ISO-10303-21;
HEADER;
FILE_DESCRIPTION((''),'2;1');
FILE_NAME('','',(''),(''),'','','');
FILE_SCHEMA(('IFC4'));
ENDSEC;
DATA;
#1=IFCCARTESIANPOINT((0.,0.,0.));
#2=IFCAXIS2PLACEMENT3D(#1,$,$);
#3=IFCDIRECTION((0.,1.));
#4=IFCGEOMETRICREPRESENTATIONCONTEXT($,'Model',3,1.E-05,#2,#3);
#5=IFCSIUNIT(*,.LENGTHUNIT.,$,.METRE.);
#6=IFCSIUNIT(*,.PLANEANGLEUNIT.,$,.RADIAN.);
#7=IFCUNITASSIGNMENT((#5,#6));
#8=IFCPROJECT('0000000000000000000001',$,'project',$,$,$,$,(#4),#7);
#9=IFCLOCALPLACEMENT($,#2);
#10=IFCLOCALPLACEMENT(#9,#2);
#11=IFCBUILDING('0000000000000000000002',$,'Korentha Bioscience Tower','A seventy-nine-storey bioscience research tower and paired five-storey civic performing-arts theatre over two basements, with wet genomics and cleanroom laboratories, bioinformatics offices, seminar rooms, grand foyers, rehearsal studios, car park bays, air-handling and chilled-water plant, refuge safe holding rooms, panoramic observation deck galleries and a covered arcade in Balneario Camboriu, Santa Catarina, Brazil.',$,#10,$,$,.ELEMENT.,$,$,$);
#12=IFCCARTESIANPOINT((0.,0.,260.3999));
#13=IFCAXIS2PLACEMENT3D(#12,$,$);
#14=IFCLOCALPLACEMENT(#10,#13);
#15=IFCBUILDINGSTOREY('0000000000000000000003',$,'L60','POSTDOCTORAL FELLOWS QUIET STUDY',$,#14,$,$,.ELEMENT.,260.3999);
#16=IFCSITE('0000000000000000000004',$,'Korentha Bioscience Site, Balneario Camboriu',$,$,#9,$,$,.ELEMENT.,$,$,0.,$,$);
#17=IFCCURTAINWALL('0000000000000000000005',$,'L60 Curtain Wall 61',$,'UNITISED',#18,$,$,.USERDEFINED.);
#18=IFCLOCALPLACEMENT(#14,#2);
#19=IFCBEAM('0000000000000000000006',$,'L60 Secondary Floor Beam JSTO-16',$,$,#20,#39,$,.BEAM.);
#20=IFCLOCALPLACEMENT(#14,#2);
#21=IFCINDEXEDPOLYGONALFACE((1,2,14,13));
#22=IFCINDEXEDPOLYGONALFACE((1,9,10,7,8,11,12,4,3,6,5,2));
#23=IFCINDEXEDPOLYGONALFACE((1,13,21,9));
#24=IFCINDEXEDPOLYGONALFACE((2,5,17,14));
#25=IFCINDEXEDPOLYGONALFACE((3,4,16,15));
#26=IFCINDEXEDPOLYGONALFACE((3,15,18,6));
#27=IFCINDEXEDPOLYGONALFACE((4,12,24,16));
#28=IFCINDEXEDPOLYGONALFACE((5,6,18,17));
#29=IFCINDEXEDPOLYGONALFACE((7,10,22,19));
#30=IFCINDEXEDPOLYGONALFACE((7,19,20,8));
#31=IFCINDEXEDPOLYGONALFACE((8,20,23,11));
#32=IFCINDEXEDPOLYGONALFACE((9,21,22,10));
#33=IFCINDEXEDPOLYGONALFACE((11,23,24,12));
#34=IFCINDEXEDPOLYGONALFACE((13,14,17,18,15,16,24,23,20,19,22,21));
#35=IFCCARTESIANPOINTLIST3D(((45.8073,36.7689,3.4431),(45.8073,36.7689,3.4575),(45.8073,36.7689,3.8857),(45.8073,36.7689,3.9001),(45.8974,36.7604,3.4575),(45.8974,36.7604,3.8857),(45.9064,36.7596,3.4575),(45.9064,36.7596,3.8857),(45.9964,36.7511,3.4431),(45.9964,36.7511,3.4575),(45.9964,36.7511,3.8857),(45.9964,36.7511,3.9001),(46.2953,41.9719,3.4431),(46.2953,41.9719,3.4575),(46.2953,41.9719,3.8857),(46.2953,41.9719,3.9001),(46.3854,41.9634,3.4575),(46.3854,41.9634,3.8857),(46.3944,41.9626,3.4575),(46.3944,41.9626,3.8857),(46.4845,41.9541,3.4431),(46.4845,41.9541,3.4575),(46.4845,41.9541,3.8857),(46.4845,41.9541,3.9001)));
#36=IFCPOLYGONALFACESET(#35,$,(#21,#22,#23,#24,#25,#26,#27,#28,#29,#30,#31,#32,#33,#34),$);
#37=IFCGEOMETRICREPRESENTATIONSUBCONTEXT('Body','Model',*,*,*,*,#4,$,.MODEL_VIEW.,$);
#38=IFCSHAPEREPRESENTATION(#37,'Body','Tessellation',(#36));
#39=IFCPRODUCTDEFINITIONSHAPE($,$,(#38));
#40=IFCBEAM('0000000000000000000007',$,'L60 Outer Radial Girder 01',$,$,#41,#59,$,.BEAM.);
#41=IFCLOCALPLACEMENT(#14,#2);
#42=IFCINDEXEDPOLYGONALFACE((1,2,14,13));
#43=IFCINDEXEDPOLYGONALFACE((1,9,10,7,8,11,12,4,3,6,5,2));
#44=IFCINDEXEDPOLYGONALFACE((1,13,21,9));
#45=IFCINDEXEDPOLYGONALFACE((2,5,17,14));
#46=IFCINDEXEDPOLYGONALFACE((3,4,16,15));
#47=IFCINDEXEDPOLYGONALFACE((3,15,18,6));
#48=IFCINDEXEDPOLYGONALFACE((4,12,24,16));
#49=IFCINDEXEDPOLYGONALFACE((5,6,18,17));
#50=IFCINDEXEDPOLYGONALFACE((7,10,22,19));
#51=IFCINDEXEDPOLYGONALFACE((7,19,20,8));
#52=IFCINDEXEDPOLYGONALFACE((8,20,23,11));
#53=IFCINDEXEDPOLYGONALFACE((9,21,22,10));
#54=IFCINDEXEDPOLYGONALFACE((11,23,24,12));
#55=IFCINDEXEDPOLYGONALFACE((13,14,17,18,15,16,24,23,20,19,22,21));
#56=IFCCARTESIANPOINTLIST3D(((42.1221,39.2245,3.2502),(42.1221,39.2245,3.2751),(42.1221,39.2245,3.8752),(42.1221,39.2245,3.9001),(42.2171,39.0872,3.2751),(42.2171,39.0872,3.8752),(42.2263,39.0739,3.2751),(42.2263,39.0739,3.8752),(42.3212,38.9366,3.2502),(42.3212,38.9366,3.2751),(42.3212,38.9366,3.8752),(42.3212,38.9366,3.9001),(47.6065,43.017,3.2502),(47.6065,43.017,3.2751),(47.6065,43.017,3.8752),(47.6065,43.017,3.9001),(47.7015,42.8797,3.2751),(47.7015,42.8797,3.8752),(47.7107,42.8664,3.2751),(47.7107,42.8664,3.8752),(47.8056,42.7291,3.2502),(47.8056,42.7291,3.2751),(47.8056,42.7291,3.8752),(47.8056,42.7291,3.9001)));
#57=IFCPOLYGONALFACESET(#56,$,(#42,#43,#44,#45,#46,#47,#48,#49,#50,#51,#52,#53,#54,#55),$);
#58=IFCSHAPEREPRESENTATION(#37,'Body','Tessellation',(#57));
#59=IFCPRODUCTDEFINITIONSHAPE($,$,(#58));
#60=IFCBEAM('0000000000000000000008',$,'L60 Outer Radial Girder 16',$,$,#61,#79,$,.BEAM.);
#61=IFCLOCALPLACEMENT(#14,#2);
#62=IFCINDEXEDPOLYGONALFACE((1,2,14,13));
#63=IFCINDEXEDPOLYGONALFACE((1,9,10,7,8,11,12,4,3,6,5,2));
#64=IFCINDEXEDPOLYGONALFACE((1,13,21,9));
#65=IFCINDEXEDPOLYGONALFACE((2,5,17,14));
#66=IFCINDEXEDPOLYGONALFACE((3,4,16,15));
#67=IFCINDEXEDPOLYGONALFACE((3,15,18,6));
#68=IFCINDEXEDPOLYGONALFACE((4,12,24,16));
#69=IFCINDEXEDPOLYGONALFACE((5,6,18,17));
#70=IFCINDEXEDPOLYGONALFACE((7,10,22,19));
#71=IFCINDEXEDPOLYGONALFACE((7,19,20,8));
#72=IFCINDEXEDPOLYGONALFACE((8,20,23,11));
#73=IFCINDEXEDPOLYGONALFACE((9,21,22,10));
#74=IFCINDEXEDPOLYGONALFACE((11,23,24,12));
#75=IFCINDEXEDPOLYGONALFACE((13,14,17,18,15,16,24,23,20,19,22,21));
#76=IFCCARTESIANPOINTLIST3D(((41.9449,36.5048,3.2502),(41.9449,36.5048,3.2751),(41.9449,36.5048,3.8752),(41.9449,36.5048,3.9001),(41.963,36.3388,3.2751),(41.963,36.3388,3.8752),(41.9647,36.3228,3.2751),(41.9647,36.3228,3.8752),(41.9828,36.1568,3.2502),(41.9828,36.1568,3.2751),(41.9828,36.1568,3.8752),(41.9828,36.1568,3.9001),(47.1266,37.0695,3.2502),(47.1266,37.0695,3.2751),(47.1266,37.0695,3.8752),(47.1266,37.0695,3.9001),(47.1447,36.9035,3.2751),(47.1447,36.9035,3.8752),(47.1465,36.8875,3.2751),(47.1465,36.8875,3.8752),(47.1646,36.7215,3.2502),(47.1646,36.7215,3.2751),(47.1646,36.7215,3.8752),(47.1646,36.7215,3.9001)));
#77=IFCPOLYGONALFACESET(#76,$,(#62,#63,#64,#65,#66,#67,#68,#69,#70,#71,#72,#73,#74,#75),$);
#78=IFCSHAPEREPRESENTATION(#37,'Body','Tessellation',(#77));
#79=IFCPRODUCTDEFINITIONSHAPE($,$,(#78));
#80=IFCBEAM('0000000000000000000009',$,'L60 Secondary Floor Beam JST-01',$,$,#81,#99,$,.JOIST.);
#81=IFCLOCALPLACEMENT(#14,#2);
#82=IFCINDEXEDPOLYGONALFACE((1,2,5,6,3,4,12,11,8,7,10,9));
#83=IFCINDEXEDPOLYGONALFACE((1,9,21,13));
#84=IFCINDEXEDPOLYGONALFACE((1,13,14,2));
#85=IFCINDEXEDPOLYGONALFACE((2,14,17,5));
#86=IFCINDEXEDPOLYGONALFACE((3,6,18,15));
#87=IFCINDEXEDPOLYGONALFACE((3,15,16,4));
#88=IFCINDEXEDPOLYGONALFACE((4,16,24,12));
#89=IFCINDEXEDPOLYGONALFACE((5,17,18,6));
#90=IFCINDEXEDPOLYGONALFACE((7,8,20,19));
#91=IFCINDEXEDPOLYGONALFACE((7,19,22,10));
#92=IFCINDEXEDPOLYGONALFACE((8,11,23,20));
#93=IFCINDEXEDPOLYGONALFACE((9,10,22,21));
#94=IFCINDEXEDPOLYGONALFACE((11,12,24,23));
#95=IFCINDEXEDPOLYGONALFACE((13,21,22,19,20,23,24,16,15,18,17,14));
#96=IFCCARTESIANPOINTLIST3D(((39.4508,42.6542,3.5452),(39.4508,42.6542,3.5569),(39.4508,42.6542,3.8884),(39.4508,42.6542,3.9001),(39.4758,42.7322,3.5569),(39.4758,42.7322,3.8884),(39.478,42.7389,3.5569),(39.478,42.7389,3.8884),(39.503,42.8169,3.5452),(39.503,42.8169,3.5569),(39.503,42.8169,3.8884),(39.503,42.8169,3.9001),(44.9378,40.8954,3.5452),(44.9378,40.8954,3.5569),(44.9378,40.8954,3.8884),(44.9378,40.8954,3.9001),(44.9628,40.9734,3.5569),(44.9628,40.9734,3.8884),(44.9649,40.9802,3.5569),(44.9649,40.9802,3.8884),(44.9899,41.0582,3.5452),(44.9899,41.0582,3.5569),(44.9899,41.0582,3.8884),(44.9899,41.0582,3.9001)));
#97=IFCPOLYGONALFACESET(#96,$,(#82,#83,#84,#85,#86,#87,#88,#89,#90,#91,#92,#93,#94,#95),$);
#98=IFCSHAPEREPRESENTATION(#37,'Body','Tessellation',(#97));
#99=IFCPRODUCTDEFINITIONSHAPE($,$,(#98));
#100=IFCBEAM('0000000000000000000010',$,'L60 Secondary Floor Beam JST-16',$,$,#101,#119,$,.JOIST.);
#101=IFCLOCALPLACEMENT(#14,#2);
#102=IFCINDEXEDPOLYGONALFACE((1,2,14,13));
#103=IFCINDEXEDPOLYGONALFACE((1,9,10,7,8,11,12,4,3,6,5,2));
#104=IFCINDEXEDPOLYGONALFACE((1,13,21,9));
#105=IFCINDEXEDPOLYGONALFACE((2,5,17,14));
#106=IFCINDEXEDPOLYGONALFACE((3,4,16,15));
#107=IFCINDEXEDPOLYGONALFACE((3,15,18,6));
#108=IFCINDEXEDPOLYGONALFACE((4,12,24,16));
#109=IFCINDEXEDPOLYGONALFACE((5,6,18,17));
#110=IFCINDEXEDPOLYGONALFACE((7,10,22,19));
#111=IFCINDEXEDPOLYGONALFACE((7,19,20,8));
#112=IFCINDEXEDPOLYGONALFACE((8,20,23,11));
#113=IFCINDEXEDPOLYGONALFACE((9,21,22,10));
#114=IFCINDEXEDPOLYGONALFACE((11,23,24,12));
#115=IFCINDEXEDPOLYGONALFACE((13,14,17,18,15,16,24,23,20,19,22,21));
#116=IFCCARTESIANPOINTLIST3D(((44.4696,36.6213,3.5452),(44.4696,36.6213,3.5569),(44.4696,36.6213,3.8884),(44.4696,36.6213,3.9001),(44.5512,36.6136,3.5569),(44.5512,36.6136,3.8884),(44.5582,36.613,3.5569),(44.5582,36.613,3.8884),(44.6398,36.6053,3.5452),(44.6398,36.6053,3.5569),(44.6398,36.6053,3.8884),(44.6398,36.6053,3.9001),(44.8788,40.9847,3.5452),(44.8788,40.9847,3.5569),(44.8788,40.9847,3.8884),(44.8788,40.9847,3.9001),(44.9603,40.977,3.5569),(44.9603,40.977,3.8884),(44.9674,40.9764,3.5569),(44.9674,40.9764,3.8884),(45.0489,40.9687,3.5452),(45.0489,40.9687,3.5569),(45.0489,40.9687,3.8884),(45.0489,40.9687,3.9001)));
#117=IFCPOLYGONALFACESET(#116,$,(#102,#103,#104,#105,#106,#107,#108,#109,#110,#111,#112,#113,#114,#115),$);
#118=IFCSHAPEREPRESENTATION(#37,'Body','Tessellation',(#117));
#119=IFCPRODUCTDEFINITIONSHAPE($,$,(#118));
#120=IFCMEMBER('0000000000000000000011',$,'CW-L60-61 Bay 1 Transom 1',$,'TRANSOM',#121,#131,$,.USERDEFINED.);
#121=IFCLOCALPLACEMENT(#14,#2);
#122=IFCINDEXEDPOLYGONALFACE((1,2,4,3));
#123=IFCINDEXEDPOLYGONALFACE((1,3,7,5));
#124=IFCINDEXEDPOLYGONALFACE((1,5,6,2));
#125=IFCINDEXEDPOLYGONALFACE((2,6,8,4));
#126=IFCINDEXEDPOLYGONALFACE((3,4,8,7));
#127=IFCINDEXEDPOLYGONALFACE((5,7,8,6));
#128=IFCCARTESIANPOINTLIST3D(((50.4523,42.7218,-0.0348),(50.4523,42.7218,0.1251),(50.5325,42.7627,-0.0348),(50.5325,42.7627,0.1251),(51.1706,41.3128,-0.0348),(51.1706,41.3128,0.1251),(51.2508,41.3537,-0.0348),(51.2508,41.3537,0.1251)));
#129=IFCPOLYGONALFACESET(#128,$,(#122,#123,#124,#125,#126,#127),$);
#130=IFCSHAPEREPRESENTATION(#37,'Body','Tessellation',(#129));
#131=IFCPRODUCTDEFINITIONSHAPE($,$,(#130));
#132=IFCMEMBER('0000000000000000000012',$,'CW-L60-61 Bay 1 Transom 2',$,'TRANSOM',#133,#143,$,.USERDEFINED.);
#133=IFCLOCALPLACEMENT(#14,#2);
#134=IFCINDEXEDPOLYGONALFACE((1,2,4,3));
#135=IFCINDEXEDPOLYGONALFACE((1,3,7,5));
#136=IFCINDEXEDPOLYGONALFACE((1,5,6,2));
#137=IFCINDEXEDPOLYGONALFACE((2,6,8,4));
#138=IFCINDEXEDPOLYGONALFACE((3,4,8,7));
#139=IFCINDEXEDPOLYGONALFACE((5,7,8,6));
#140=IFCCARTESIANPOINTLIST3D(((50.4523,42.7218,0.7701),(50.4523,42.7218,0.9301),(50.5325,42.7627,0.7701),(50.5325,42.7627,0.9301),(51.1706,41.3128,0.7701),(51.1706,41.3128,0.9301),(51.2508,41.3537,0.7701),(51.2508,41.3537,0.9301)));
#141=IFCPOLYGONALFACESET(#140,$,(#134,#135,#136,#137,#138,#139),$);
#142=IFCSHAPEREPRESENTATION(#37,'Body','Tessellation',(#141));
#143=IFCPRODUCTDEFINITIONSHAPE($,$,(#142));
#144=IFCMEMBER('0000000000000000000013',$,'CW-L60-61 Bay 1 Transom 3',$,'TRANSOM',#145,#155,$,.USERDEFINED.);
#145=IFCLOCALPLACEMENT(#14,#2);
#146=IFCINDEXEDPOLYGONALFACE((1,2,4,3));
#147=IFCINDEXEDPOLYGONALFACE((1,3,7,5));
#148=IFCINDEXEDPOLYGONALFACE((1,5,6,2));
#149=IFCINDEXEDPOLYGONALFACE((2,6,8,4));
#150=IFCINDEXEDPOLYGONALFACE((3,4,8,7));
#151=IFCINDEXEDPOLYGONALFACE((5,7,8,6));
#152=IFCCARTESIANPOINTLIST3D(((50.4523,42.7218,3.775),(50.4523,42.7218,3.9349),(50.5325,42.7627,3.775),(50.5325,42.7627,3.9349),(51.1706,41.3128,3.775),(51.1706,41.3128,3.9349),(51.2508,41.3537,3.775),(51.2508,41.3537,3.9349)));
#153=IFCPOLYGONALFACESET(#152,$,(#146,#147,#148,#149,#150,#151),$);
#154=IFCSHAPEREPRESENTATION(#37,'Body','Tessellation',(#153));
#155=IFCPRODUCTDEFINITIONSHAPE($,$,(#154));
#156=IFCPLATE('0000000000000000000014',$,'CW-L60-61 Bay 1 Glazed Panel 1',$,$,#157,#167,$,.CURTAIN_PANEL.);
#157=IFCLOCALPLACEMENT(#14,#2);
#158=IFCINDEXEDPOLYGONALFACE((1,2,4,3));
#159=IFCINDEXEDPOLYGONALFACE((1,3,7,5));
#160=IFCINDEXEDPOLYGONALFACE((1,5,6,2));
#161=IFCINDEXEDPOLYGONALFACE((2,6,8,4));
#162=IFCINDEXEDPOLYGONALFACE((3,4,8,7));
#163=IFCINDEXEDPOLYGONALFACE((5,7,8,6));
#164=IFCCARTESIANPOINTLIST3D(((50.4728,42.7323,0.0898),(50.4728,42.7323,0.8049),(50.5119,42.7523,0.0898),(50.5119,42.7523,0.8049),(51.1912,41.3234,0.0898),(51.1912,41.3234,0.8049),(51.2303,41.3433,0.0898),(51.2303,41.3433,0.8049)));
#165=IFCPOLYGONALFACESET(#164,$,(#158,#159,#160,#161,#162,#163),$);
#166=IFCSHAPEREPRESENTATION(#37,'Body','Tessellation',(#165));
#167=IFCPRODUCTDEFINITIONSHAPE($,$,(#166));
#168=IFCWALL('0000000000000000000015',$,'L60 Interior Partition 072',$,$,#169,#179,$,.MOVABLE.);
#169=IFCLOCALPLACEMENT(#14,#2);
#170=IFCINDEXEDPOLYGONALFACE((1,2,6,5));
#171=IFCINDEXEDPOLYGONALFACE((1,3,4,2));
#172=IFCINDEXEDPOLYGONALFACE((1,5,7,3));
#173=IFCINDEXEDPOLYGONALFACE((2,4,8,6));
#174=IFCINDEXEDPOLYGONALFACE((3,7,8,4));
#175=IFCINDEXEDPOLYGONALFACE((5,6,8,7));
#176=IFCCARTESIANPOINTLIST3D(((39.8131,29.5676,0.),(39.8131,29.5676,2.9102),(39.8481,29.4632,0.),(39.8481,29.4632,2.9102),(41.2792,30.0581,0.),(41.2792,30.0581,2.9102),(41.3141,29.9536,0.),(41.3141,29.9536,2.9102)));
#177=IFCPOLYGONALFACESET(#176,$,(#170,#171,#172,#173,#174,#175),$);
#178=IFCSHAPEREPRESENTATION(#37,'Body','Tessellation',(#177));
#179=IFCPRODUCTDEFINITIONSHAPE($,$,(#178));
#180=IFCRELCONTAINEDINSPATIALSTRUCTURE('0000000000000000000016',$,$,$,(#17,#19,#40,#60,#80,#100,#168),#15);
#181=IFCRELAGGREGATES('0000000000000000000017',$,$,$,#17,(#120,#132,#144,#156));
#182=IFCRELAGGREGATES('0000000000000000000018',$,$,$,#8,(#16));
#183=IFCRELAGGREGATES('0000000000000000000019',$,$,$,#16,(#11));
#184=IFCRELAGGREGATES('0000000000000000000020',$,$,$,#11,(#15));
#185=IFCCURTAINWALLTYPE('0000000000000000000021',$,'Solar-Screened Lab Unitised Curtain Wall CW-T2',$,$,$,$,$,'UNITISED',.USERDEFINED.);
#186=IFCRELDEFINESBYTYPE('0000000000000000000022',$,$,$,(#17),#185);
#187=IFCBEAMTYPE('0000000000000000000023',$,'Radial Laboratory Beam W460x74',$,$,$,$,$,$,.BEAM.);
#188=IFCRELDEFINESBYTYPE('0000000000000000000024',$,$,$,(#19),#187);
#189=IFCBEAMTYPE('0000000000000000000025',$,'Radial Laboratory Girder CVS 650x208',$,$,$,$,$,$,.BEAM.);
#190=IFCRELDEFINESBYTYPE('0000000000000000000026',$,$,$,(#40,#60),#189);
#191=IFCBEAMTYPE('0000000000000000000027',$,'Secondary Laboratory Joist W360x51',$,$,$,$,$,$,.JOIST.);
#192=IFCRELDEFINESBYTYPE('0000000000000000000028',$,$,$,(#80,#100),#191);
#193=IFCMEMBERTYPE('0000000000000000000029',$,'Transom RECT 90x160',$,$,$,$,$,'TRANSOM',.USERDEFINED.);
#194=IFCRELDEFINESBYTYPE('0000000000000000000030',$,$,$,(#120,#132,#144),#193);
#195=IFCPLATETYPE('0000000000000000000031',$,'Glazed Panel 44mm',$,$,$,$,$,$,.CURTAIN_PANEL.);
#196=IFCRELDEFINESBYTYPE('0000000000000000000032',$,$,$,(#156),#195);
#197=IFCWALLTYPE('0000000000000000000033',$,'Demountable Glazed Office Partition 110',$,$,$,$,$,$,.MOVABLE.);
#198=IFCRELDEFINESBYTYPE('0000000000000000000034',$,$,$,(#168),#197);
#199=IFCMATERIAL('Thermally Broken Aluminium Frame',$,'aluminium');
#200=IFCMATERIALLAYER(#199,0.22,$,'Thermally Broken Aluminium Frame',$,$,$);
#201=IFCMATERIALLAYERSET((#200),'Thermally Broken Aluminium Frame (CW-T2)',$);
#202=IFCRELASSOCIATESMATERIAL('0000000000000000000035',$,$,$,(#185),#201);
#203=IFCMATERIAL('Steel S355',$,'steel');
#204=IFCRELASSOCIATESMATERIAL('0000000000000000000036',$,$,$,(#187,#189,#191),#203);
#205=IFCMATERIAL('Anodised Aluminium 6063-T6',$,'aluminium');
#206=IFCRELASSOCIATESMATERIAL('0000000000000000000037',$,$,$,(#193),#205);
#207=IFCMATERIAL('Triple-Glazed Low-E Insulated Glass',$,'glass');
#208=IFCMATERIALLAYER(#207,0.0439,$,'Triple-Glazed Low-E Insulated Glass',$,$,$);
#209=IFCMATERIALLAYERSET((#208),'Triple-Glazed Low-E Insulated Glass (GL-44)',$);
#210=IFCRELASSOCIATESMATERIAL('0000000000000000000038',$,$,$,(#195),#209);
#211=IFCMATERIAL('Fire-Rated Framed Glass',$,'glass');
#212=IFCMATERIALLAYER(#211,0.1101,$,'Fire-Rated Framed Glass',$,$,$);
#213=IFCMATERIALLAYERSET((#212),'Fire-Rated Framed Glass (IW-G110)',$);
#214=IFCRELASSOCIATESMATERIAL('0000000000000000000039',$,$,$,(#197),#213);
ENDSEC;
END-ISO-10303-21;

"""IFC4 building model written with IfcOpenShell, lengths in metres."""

from ifc_helpers import new_model, si_unit, direction, frame, frame_2d, origin, origin_2d, place, context, subcontext, project, spatial, rectangle, i_section, extrude, material, layer, layer_set, material_profile, profile_set, type_object, element, aggregate, save


model = new_model("IFC4")

# Units and contexts
model_context = context("Model", 3, precision=1e-05, world=origin(), true_north=direction((0.0, 1.0)))
body_context = subcontext(model_context, "Body", "Model", "MODEL_VIEW")
ifc_project = project(units=[si_unit("LENGTHUNIT", "METRE"), si_unit("PLANEANGLEUNIT", "RADIAN")], contexts=[model_context])

# Site, building, storey
site_placement = place(None, origin())
site = spatial("IfcSite", under=ifc_project, at=site_placement, Name="Korentha Bioscience Site, Balneario Camboriu", CompositionType="ELEMENT", RefElevation=0.0)
building_placement = place(site_placement, origin())
building = spatial("IfcBuilding", under=site, at=building_placement, Name="Korentha Bioscience Tower", Description="A seventy-nine-storey bioscience research tower and paired five-storey civic performing-arts theatre over two basements, with wet genomics and cleanroom laboratories, bioinformatics offices, seminar rooms, grand foyers, rehearsal studios, car park bays, air-handling and chilled-water plant, refuge safe holding rooms, panoramic observation deck galleries and a covered arcade in Balneario Camboriu, Santa Catarina, Brazil.", CompositionType="ELEMENT")
storey_placement = place(building_placement, frame((0.0, 0.0, 260.3999)))
storey = spatial("IfcBuildingStorey", under=building, at=storey_placement, Name="L60", Description="POSTDOCTORAL FELLOWS QUIET STUDY", CompositionType="ELEMENT", Elevation=260.3999)

# Shared definitions
ifc_material_1 = material(Name="Steel S355", Category="steel")

# Curtain wall
ifc_material_2 = material(Name="Thermally Broken Aluminium Frame", Category="aluminium")
ifc_layer_1 = layer(ifc_material_2, 0.22, Name="Thermally Broken Aluminium Frame")
ifc_layer_set_1 = layer_set([ifc_layer_1], Name="Thermally Broken Aluminium Frame (CW-T2)")
curtain_wall_type = type_object("IfcCurtainWallType", Name="Solar-Screened Lab Unitised Curtain Wall CW-T2", ElementType="UNITISED", PredefinedType="USERDEFINED", material=ifc_layer_set_1)
curtain_wall_placement = place(storey_placement, origin())
curtain_wall = element("IfcCurtainWall", 1, at=curtain_wall_placement, inside=storey, type_object=curtain_wall_type, Name="L60 Curtain Wall 61", ObjectType="UNITISED", PredefinedType="USERDEFINED")
ifc_material_3 = material(Name="Anodised Aluminium 6063-T6", Category="aluminium")

# Beams
ifc_material_profile_1 = material_profile(ifc_material_1, i_section(OverallWidth=0.1899, OverallDepth=0.457, WebThickness=0.009, FlangeThickness=0.0144, at=origin_2d()), Name="Steel S355")
ifc_profile_set_1 = profile_set([ifc_material_profile_1], Name="Steel S355 (RB-460)")
beam_type_1 = type_object("IfcBeamType", Name="Radial Laboratory Beam W460x74", PredefinedType="BEAM", material=ifc_profile_set_1)
beam_1_placement = place(storey_placement, frame((45.9019, 36.76, 3.6716), z_axis=(0.093391, 0.995629, 0.0), x_axis=(-0.995629, 0.093391, 0.0)))
element("IfcBeam", 2, at=beam_1_placement, inside=storey, type_object=beam_type_1, Name="L60 Secondary Floor Beam JSTO-16", PredefinedType="BEAM", context=body_context, shape_type="SweptSolid", body=[
    extrude(i_section(OverallWidth=0.1899, OverallDepth=0.457, WebThickness=0.009, FlangeThickness=0.0144, at=origin_2d()), origin(), (0.0, 0.0, 1.0), 5.2258),
])
ifc_material_profile_2 = material_profile(ifc_material_1, i_section(OverallWidth=0.3501, OverallDepth=0.6499, WebThickness=0.0161, FlangeThickness=0.0249, at=origin_2d()), Name="Steel S355")
ifc_profile_set_2 = profile_set([ifc_material_profile_2], Name="Steel S355 (RB-650)")
beam_type_2 = type_object("IfcBeamType", Name="Radial Laboratory Girder CVS 650x208", PredefinedType="BEAM", material=ifc_profile_set_2)
beam_2_placement = place(storey_placement, frame((42.2217, 39.0806, 3.5752), z_axis=(0.822501, 0.568764, 0.0), x_axis=(-0.568764, 0.822501, 0.0)))
element("IfcBeam", 3, at=beam_2_placement, inside=storey, type_object=beam_type_2, Name="L60 Outer Radial Girder 01", PredefinedType="BEAM", context=body_context, shape_type="SweptSolid", body=[
    extrude(i_section(OverallWidth=0.3501, OverallDepth=0.6499, WebThickness=0.0161, FlangeThickness=0.0249, at=origin_2d()), origin(), (0.0, 0.0, 1.0), 6.668),
])
beam_3_placement = place(storey_placement, frame((41.9639, 36.3308, 3.5752), z_axis=(0.994114, 0.108339, 0.0), x_axis=(-0.108339, 0.994114, 0.0)))
element("IfcBeam", 4, at=beam_3_placement, inside=storey, type_object=beam_type_2, Name="L60 Outer Radial Girder 16", PredefinedType="BEAM", context=body_context, shape_type="SweptSolid", body=[
    extrude(i_section(OverallWidth=0.3501, OverallDepth=0.6499, WebThickness=0.0161, FlangeThickness=0.0249, at=origin_2d()), origin(), (0.0, 0.0, 1.0), 5.2124),
])
ifc_material_profile_3 = material_profile(ifc_material_1, i_section(OverallWidth=0.1709, OverallDepth=0.355, WebThickness=0.0071, FlangeThickness=0.0117, at=origin_2d()), Name="Steel S355")
ifc_profile_set_3 = profile_set([ifc_material_profile_3], Name="Steel S355 (JB-360)")
beam_type_3 = type_object("IfcBeamType", Name="Secondary Laboratory Joist W360x51", PredefinedType="JOIST", material=ifc_profile_set_3)
beam_4_placement = place(storey_placement, frame((44.9639, 40.9768, 3.7227), z_axis=(-0.952276, 0.305237, 0.0), x_axis=(-0.305237, -0.952276, 0.0)))
element("IfcBeam", 5, at=beam_4_placement, inside=storey, type_object=beam_type_3, Name="L60 Secondary Floor Beam JST-01", PredefinedType="JOIST", context=body_context, shape_type="SweptSolid", body=[
    extrude(i_section(OverallWidth=0.1709, OverallDepth=0.355, WebThickness=0.0071, FlangeThickness=0.0117, at=origin_2d()), origin(), (0.0, 0.0, 1.0), 5.762),
])
beam_5_placement = place(storey_placement, frame((44.5547, 36.6133, 3.7227), z_axis=(0.093363, 0.995632, 0.0), x_axis=(-0.995632, 0.093363, 0.0)))
element("IfcBeam", 6, at=beam_5_placement, inside=storey, type_object=beam_type_3, Name="L60 Secondary Floor Beam JST-16", PredefinedType="JOIST", context=body_context, shape_type="SweptSolid", body=[
    extrude(i_section(OverallWidth=0.1709, OverallDepth=0.355, WebThickness=0.0071, FlangeThickness=0.0117, at=origin_2d()), origin(), (0.0, 0.0, 1.0), 4.3826),
])

# Members
ifc_material_profile_4 = material_profile(ifc_material_3, rectangle(XDim=0.0901, YDim=0.1599, at=origin_2d()), Name="Anodised Aluminium 6063-T6")
ifc_profile_set_4 = profile_set([ifc_material_profile_4], Name="Anodised Aluminium 6063-T6 (CW-TRN)")
member_type_1 = type_object("IfcMemberType", Name="Transom RECT 90x160", ElementType="TRANSOM", PredefinedType="USERDEFINED", material=ifc_profile_set_4)
member_1_placement = place(storey_placement, frame((51.2107, 41.3333, 0.0452), z_axis=(-0.454178, 0.890911, 0.0), x_axis=(-0.890911, -0.454178, 0.0)))
member_1 = element("IfcMember", 7, at=member_1_placement, type_object=member_type_1, Name="CW-L60-61 Bay 1 Transom 1", ObjectType="TRANSOM", PredefinedType="USERDEFINED", context=body_context, shape_type="SweptSolid", body=[
    extrude(rectangle(XDim=0.0901, YDim=0.1599, at=origin_2d()), origin(), (0.0, 0.0, 1.0), 1.5815),
])
member_2_placement = place(storey_placement, frame((51.2107, 41.3333, 0.8501), z_axis=(-0.454178, 0.890911, 0.0), x_axis=(-0.890911, -0.454178, 0.0)))
member_2 = element("IfcMember", 8, at=member_2_placement, type_object=member_type_1, Name="CW-L60-61 Bay 1 Transom 2", ObjectType="TRANSOM", PredefinedType="USERDEFINED", context=body_context, shape_type="SweptSolid", body=[
    extrude(rectangle(XDim=0.0901, YDim=0.1599, at=origin_2d()), origin(), (0.0, 0.0, 1.0), 1.5815),
])
member_3_placement = place(storey_placement, frame((51.2107, 41.3333, 3.855), z_axis=(-0.454178, 0.890911, 0.0), x_axis=(-0.890911, -0.454178, 0.0)))
member_3 = element("IfcMember", 9, at=member_3_placement, type_object=member_type_1, Name="CW-L60-61 Bay 1 Transom 3", ObjectType="TRANSOM", PredefinedType="USERDEFINED", context=body_context, shape_type="SweptSolid", body=[
    extrude(rectangle(XDim=0.0901, YDim=0.1599, at=origin_2d()), origin(), (0.0, 0.0, 1.0), 1.5815),
])

# Plate
ifc_material_4 = material(Name="Triple-Glazed Low-E Insulated Glass", Category="glass")
ifc_layer_2 = layer(ifc_material_4, 0.0439, Name="Triple-Glazed Low-E Insulated Glass")
ifc_layer_set_2 = layer_set([ifc_layer_2], Name="Triple-Glazed Low-E Insulated Glass (GL-44)")
plate_type = type_object("IfcPlateType", Name="Glazed Panel 44mm", PredefinedType="CURTAIN_PANEL", material=ifc_layer_set_2)
plate_placement = place(storey_placement, frame((50.8516, 42.0378, 0.0898), z_axis=(0.0, 0.0, 1.0), x_axis=(-0.454239, 0.89088, 0.0)))
plate = element("IfcPlate", 10, at=plate_placement, type_object=plate_type, Name="CW-L60-61 Bay 1 Glazed Panel 1", PredefinedType="CURTAIN_PANEL", context=body_context, shape_type="SweptSolid", body=[
    extrude(rectangle(XDim=1.5815, YDim=0.0439, at=origin_2d()), origin(), (0.0, 0.0, 1.0), 0.7151),
])
aggregate(curtain_wall, [member_1, member_2, member_3, plate])

# Wall
ifc_material_5 = material(Name="Fire-Rated Framed Glass", Category="glass")
ifc_layer_3 = layer(ifc_material_5, 0.1101, Name="Fire-Rated Framed Glass")
ifc_layer_set_3 = layer_set([ifc_layer_3], Name="Fire-Rated Framed Glass (IW-G110)")
wall_type_1 = type_object("IfcWallType", Name="Demountable Glazed Office Partition 110", PredefinedType="MOVABLE", material=ifc_layer_set_3)
wall_1_placement = place(storey_placement, frame((41.2966, 30.0059, 0.0), z_axis=(0.0, 0.0, 1.0), x_axis=(-0.948335, -0.31727, 0.0)))
element("IfcWall", 11, at=wall_1_placement, inside=storey, type_object=wall_type_1, Name="L60 Interior Partition 072", PredefinedType="MOVABLE", context=body_context, shape_type="SweptSolid", body=[
    extrude(rectangle(XDim=1.5459, YDim=0.1101, at=frame_2d((0.7729, 0.0))), origin(), (0.0, 0.0, 1.0), 2.9102),
])

save(model, "model.ifc")
